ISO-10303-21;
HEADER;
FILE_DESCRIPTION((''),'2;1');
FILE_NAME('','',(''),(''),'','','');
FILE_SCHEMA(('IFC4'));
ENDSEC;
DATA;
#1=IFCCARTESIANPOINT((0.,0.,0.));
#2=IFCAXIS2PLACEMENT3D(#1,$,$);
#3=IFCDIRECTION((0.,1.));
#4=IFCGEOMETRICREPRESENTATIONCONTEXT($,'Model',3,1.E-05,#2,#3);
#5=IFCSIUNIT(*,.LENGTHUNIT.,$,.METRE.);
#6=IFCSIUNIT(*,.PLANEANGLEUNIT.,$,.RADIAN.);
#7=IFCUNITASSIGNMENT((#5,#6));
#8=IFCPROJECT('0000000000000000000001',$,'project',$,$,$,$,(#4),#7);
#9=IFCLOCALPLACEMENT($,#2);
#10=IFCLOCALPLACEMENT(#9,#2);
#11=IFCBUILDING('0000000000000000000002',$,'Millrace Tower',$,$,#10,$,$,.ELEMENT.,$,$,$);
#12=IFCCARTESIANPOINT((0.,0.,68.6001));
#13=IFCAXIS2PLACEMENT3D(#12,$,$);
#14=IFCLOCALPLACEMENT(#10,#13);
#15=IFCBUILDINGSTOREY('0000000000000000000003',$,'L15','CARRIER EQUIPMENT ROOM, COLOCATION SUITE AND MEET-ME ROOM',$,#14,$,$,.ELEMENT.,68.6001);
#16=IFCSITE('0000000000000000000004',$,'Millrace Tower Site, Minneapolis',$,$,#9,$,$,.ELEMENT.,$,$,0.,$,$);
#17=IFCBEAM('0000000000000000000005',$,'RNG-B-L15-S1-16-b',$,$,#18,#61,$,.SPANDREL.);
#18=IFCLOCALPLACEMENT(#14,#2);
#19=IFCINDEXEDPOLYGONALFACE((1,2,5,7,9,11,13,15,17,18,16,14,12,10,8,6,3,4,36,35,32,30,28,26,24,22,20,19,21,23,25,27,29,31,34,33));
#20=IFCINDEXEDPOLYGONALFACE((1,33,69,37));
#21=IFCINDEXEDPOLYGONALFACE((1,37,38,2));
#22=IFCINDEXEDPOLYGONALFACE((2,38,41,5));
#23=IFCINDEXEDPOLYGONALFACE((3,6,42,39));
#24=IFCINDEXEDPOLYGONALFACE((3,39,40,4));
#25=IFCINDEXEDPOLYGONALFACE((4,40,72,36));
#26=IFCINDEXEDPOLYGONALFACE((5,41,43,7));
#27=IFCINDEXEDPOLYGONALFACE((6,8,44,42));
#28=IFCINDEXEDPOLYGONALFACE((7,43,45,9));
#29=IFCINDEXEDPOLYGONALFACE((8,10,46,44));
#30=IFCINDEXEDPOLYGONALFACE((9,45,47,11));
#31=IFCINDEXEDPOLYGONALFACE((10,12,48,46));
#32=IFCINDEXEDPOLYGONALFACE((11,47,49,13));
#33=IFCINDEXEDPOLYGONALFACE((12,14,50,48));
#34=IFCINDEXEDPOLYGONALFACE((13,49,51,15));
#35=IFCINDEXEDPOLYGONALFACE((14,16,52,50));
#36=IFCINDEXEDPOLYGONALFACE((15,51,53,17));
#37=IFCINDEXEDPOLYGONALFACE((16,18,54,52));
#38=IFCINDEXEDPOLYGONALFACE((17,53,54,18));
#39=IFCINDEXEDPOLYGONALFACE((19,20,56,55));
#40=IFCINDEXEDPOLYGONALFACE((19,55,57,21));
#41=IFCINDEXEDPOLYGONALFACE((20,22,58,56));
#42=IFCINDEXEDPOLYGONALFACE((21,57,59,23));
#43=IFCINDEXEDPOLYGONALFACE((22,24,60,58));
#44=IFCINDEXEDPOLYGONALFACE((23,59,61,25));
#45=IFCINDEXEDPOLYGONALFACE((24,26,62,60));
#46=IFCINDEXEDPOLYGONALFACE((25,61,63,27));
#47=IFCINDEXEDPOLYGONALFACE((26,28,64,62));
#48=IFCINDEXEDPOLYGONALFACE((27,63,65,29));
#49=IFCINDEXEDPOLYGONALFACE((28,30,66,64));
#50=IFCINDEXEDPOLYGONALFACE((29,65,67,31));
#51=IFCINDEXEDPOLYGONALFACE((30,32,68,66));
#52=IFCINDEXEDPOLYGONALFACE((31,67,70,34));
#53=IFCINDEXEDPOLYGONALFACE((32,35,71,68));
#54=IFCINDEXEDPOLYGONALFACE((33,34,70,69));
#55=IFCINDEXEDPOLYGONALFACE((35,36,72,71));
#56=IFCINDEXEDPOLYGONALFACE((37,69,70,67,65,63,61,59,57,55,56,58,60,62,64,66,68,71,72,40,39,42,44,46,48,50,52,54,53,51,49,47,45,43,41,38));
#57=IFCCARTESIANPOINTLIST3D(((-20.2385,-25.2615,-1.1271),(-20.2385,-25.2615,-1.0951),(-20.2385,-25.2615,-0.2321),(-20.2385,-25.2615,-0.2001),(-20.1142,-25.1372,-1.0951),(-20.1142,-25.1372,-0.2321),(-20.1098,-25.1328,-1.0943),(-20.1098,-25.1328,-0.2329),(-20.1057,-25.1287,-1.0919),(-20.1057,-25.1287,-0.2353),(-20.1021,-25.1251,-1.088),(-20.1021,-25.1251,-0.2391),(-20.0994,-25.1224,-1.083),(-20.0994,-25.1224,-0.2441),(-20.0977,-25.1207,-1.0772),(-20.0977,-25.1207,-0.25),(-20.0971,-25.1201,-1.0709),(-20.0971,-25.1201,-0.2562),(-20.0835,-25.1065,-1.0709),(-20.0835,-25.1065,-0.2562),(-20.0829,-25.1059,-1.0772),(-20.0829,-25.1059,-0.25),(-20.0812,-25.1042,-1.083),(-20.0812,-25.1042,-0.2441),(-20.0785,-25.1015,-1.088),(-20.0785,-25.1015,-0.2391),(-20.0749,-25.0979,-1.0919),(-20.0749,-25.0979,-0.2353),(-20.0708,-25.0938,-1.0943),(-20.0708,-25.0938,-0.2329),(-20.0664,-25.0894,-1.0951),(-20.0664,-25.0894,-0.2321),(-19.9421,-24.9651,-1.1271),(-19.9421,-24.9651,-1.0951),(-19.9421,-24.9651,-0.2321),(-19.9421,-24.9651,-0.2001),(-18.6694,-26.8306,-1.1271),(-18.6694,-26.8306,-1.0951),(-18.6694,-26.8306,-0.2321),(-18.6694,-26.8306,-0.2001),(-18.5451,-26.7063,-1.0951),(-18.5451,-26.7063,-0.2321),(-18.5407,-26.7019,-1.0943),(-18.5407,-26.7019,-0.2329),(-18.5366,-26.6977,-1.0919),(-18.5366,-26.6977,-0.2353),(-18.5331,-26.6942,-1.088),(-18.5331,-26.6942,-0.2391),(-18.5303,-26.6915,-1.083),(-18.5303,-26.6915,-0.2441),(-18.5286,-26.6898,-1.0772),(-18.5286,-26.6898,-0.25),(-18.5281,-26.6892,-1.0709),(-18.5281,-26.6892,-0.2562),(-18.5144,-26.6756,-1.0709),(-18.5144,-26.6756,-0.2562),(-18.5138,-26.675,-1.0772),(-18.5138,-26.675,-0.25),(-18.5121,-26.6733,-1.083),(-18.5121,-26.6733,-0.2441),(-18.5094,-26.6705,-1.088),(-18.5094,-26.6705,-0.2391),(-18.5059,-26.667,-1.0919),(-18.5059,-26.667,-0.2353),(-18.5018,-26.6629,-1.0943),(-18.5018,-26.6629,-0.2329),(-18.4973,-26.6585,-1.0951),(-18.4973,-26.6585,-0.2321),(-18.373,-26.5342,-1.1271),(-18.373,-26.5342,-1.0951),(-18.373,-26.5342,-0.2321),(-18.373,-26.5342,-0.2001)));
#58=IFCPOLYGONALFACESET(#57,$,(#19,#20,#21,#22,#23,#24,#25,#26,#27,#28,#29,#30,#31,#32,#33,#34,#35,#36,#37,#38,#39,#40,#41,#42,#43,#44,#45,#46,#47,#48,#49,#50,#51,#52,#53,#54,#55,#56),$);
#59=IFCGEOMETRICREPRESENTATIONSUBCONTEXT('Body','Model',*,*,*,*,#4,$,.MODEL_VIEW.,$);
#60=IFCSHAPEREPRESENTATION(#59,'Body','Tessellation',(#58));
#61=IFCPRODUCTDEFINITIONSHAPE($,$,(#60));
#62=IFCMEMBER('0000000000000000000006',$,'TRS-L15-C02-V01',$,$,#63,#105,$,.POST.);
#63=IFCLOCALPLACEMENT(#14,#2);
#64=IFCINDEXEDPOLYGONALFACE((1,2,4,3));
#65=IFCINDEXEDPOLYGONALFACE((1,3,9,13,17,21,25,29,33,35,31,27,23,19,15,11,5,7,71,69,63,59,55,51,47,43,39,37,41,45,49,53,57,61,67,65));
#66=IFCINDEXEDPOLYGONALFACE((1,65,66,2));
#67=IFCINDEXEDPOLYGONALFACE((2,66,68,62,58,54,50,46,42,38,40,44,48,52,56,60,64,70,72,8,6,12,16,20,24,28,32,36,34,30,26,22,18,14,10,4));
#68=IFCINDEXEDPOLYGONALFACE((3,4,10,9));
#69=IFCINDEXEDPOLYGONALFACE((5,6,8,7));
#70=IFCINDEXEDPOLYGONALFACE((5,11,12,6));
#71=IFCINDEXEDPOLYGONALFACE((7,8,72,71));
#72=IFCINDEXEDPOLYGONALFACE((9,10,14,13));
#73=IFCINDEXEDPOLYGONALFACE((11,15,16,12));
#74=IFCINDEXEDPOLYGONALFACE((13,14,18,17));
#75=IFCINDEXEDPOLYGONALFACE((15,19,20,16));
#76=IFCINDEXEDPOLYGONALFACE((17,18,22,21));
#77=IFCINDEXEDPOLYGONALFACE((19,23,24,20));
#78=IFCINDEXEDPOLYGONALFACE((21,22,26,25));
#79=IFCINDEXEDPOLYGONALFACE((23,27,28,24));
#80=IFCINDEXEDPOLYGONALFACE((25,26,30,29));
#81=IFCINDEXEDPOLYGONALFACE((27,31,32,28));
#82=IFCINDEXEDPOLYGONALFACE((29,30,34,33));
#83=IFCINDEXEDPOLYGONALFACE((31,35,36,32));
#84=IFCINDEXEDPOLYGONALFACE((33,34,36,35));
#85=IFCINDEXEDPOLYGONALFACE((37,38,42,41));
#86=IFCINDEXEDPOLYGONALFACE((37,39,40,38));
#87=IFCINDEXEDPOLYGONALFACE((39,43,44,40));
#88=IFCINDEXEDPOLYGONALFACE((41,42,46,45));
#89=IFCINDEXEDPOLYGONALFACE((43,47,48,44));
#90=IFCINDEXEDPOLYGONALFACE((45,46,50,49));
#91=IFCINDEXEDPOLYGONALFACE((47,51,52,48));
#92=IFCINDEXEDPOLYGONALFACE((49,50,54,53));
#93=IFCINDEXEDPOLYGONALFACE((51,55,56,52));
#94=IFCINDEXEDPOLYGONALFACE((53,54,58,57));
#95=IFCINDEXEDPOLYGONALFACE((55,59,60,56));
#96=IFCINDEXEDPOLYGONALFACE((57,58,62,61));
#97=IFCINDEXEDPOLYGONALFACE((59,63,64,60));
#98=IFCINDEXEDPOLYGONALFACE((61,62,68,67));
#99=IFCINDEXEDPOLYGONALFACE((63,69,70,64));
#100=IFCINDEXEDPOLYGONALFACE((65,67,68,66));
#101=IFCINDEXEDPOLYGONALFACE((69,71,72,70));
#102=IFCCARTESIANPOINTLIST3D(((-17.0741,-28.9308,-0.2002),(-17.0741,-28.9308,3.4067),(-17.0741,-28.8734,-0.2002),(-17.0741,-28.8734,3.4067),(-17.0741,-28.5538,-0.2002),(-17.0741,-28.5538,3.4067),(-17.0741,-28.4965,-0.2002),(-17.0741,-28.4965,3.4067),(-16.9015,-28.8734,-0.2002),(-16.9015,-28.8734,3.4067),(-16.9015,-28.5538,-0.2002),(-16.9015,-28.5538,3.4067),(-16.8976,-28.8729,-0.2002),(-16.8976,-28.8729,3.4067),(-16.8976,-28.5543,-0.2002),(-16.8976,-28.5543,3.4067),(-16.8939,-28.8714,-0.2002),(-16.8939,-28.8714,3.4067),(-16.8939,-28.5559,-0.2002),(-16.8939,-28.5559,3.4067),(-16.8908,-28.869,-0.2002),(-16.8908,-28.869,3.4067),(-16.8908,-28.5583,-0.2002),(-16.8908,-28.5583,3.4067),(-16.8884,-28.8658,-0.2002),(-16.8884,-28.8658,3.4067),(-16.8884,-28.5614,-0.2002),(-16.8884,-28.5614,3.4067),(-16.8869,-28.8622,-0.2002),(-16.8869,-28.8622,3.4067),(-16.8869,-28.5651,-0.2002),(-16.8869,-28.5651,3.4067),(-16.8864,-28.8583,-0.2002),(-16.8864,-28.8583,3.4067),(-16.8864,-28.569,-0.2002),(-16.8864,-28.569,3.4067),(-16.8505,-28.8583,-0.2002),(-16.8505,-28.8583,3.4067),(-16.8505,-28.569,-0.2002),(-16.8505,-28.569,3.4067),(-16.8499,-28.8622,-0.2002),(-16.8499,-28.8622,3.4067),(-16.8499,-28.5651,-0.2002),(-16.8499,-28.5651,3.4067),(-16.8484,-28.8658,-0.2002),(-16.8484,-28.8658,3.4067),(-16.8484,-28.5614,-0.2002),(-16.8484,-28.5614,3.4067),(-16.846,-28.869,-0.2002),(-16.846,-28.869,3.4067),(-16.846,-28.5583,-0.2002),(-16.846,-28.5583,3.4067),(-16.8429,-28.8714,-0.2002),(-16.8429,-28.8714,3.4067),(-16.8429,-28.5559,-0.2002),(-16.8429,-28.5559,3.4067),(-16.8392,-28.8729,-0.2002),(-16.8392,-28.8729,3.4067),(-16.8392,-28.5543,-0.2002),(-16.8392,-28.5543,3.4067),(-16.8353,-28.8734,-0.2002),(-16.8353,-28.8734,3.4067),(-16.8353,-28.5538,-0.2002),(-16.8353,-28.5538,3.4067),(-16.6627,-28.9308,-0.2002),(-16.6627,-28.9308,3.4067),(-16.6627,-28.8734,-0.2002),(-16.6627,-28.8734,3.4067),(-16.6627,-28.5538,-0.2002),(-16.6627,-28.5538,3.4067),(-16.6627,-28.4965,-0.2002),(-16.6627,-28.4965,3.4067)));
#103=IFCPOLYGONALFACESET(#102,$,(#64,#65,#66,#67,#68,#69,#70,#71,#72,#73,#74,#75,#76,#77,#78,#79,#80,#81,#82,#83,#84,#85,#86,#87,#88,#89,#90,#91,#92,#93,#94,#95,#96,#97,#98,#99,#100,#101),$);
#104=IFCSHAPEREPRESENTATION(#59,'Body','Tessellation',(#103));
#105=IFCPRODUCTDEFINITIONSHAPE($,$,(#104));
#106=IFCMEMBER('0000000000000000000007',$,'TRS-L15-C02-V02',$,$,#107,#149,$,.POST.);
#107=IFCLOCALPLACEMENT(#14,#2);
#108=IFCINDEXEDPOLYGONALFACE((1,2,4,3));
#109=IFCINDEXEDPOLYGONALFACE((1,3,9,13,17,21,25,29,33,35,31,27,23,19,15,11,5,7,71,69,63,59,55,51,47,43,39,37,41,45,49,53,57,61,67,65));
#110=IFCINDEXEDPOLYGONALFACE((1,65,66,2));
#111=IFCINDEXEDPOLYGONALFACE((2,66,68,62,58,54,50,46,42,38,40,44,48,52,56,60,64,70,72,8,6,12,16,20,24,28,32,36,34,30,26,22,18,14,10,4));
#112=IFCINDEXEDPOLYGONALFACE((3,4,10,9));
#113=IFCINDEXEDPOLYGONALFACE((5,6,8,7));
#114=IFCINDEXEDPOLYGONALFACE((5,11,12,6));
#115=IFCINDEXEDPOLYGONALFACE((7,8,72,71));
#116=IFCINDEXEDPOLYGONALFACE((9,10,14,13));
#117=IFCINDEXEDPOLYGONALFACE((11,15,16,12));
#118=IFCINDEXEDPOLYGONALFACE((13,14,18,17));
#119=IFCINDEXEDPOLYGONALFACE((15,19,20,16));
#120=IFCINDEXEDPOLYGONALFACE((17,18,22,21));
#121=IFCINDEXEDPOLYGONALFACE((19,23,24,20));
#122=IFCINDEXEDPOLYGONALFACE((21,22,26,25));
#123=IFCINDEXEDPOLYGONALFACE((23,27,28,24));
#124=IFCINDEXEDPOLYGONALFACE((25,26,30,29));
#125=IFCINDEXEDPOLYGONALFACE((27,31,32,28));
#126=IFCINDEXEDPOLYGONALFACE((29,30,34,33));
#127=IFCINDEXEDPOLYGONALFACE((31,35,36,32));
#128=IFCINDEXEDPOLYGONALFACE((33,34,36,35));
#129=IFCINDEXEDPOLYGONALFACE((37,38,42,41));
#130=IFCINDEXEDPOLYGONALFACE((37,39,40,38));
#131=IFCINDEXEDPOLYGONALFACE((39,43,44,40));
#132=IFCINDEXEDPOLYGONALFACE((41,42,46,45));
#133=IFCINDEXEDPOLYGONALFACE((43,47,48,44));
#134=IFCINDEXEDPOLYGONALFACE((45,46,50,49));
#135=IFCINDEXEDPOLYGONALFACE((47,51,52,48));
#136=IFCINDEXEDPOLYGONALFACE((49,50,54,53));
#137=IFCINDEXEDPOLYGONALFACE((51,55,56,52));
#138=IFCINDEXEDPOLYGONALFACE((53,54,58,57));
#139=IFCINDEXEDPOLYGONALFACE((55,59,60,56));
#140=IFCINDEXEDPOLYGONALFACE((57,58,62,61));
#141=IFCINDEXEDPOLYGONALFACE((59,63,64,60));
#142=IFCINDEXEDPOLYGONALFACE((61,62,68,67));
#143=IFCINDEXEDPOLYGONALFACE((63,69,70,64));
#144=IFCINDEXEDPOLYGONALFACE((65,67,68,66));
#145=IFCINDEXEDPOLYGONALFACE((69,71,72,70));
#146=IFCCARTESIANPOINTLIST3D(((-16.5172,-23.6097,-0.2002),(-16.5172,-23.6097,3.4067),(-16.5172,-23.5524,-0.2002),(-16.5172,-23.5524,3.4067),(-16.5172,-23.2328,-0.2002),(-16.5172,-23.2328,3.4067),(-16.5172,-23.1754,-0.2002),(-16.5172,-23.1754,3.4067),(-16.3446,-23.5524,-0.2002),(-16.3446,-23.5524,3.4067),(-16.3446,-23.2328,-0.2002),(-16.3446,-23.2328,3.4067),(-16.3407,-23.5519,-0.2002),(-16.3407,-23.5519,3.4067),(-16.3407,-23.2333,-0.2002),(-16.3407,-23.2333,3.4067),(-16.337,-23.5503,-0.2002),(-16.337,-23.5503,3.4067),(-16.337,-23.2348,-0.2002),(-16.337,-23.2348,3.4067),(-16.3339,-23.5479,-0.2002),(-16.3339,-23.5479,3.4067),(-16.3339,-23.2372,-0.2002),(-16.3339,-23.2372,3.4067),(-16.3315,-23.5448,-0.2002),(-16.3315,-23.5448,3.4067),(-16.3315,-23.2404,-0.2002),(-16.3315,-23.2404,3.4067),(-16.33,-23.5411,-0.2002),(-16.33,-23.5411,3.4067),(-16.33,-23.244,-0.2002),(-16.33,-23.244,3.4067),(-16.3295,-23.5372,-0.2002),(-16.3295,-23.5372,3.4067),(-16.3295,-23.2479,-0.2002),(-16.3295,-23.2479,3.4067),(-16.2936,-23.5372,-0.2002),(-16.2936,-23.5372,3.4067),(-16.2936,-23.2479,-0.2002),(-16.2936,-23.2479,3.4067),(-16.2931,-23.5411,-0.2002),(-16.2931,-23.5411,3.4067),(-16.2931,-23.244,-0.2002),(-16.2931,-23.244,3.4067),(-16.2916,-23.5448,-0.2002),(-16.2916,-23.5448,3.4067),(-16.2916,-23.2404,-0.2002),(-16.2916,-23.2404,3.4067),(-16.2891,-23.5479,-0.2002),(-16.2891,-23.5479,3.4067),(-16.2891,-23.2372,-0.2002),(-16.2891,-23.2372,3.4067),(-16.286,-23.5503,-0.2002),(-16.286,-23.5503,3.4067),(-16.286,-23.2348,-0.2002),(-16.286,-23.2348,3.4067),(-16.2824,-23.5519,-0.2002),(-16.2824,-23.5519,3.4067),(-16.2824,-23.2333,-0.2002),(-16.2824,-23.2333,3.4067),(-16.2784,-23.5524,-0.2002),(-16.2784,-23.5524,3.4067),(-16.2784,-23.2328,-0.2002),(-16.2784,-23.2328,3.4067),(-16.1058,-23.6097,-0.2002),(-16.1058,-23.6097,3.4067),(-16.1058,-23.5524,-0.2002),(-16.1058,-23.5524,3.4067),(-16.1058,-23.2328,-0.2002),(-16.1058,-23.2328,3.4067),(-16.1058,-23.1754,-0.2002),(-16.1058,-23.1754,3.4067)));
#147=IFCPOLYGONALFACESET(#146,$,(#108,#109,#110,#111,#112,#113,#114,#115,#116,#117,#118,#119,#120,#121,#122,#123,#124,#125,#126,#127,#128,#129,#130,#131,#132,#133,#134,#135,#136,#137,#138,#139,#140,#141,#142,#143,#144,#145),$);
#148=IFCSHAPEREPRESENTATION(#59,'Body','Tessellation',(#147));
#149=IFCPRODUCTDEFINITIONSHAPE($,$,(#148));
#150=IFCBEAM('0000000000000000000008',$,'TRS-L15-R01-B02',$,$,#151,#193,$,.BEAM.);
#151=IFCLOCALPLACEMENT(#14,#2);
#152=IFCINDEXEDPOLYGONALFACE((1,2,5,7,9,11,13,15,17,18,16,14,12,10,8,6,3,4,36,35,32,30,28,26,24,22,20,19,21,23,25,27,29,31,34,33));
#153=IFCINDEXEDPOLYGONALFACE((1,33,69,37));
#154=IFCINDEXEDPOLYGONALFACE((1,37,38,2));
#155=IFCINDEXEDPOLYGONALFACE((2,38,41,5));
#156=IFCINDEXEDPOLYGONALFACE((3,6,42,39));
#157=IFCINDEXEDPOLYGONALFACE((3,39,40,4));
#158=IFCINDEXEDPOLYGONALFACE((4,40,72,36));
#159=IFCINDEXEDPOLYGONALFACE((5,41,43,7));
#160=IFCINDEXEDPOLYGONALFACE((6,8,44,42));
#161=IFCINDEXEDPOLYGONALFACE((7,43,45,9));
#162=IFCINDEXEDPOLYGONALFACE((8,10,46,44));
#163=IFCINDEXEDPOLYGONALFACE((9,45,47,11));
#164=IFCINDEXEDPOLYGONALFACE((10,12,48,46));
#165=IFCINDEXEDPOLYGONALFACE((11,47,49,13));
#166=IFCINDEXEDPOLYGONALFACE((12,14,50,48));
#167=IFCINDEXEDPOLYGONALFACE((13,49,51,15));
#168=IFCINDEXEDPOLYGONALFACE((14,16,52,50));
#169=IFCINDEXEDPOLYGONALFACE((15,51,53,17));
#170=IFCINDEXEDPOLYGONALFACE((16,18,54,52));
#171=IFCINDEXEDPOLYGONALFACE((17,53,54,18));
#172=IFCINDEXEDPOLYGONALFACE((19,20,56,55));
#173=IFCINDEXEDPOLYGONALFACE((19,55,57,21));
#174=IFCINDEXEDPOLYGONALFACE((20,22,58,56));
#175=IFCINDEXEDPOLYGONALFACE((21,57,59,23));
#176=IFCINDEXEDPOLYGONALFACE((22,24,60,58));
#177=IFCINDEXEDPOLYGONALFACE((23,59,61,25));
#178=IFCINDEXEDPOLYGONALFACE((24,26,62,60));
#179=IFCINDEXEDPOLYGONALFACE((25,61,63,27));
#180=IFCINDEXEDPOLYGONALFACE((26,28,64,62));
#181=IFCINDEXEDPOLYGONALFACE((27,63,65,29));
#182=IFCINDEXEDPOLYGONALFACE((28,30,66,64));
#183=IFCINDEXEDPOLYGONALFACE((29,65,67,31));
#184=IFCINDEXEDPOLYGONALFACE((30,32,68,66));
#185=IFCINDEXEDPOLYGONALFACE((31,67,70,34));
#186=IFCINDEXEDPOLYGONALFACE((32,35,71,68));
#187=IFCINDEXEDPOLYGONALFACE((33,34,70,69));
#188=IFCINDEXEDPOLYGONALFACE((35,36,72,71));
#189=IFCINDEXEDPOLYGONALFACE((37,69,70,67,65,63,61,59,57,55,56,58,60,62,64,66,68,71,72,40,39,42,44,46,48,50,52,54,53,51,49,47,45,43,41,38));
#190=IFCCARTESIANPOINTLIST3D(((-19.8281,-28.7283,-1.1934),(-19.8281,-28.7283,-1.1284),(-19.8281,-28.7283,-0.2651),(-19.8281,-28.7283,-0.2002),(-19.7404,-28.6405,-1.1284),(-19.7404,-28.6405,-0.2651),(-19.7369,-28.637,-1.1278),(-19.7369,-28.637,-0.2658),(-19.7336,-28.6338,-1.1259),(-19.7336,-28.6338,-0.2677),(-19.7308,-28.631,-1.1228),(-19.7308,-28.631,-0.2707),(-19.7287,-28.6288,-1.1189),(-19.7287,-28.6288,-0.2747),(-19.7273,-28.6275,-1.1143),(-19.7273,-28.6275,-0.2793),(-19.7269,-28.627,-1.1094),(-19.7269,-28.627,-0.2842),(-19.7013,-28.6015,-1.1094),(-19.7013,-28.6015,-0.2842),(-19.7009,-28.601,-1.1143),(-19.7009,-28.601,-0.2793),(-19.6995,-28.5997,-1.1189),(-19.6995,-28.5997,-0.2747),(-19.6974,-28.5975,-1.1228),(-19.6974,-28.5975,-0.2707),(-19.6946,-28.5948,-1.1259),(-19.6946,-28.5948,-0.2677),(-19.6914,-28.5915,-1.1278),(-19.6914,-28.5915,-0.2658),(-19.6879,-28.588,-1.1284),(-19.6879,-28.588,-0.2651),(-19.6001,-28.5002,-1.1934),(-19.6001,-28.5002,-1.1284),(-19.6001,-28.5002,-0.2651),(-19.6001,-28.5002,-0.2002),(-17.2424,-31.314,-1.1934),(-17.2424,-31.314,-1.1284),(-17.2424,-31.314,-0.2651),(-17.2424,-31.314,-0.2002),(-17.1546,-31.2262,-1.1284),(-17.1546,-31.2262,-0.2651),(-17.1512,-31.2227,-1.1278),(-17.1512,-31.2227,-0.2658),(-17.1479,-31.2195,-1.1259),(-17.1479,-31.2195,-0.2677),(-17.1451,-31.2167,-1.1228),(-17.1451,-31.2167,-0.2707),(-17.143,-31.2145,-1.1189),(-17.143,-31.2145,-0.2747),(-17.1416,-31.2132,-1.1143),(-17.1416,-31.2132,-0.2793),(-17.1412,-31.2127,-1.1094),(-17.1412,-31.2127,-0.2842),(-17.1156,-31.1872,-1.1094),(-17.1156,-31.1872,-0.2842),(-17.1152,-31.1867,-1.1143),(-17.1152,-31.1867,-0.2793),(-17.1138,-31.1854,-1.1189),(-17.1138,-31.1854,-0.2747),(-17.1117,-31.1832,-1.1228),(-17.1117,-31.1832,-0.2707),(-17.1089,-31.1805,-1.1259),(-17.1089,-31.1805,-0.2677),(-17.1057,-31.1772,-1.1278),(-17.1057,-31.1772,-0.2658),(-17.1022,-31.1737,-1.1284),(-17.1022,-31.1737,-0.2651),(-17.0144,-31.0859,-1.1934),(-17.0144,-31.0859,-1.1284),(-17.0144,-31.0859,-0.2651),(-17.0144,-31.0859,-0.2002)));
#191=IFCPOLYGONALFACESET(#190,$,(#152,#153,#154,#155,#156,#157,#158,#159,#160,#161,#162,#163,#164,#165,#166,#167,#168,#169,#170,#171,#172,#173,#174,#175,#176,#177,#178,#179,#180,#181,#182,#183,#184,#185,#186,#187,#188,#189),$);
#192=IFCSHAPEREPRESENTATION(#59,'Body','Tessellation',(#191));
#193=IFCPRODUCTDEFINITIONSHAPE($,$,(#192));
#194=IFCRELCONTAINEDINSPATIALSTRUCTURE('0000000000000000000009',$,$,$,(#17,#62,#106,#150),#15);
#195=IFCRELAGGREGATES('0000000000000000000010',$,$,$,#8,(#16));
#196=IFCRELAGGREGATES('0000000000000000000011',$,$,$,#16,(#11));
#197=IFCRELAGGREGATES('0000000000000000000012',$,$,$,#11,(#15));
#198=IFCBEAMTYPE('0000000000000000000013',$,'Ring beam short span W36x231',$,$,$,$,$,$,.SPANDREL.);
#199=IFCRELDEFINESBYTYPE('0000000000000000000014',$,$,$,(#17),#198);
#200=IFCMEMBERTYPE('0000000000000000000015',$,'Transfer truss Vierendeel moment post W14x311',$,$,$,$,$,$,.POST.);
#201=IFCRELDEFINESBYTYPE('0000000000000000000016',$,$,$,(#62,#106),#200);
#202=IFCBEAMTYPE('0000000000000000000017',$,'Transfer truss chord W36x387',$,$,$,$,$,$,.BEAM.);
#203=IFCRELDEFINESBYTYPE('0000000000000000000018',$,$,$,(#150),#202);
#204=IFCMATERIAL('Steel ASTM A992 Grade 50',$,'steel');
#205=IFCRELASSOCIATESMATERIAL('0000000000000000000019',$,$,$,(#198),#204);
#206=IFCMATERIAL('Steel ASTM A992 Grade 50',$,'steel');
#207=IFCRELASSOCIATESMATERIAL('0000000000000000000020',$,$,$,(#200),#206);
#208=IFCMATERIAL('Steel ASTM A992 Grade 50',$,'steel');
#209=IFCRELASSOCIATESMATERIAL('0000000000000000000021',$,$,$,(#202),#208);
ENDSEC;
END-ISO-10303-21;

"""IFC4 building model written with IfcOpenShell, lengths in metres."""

from ifc_helpers import new_model, si_unit, direction, frame, origin, origin_2d, place, context, subcontext, project, spatial, i_section, extrude, material, material_profile, profile_set, type_object, element, save


model = new_model("IFC4")

# Units and contexts
model_context = context("Model", 3, precision=1e-05, world=origin(), true_north=direction((0.0, 1.0)))
body_context = subcontext(model_context, "Body", "Model", "MODEL_VIEW")
ifc_project = project(units=[si_unit("LENGTHUNIT", "METRE"), si_unit("PLANEANGLEUNIT", "RADIAN")], contexts=[model_context])

# Site, building, storey
site_placement = place(None, origin())
site = spatial("IfcSite", under=ifc_project, at=site_placement, Name="Millrace Tower Site, Minneapolis", CompositionType="ELEMENT", RefElevation=0.0)
building_placement = place(site_placement, origin())
building = spatial("IfcBuilding", under=site, at=building_placement, Name="Millrace Tower", CompositionType="ELEMENT")
storey_placement = place(building_placement, frame((0.0, 0.0, 68.6001)))
storey = spatial("IfcBuildingStorey", under=building, at=storey_placement, Name="L15", Description="CARRIER EQUIPMENT ROOM, COLOCATION SUITE AND MEET-ME ROOM", CompositionType="ELEMENT", Elevation=68.6001)

# Beam
ifc_material_1 = material(Name="Steel ASTM A992 Grade 50", Category="steel")
ifc_material_profile_1 = material_profile(ifc_material_1, i_section(OverallWidth=0.4192, OverallDepth=0.927, WebThickness=0.0193, FlangeThickness=0.032, FilletRadius=0.0242, at=origin_2d()))
ifc_profile_set_1 = profile_set([ifc_material_profile_1], Name="Steel ASTM A992 Grade 50")
beam_type_1 = type_object("IfcBeamType", Name="Ring beam short span W36x231", PredefinedType="SPANDREL", material=ifc_profile_set_1)
beam_1_placement = place(storey_placement, frame((-18.5212, -26.6824, -0.6636), z_axis=(-0.707107, 0.707107, 0.0), x_axis=(-0.707107, -0.707107, 0.0)))
element("IfcBeam", 1, at=beam_1_placement, inside=storey, type_object=beam_type_1, Name="RNG-B-L15-S1-16-b", PredefinedType="SPANDREL", context=body_context, shape_type="SweptSolid", body=[
    extrude(i_section(OverallWidth=0.4192, OverallDepth=0.927, WebThickness=0.0193, FlangeThickness=0.032, FilletRadius=0.0242, at=origin_2d()), origin(), (0.0, 0.0, 1.0), 2.219),
])

# Members
ifc_material_2 = material(Name="Steel ASTM A992 Grade 50", Category="steel")
ifc_material_profile_2 = material_profile(ifc_material_2, i_section(OverallWidth=0.4114, OverallDepth=0.4343, WebThickness=0.0359, FlangeThickness=0.0574, FilletRadius=0.0151, at=origin_2d()))
ifc_profile_set_2 = profile_set([ifc_material_profile_2], Name="Steel ASTM A992 Grade 50")
member_type_1 = type_object("IfcMemberType", Name="Transfer truss Vierendeel moment post W14x311", PredefinedType="POST", material=ifc_profile_set_2)
for number, where, z_axis, x_axis, name in (
    (2, (-16.8684, -28.7136, -0.2002), (0.0, 0.0, 1.0), (1.0, 0.0, 0.0), "TRS-L15-C02-V01"),
    (3, (-16.3115, -23.3926, -0.2002), (0.0, 0.0, 1.0), (1.0, 0.0, 0.0), "TRS-L15-C02-V02"),
):
    element("IfcMember", number, at=place(storey_placement, frame(where, z_axis=z_axis, x_axis=x_axis)), inside=storey, type_object=member_type_1, Name=name, PredefinedType="POST", context=body_context, shape_type="SweptSolid", body=[
        extrude(i_section(OverallWidth=0.4114, OverallDepth=0.4343, WebThickness=0.0359, FlangeThickness=0.0574, FilletRadius=0.0151, at=origin_2d()), origin(), (0.0, 0.0, 1.0), 3.6069),
    ])

# Beam
ifc_material_3 = material(Name="Steel ASTM A992 Grade 50", Category="steel")
ifc_material_profile_3 = material_profile(ifc_material_3, i_section(OverallWidth=0.3225, OverallDepth=0.9932, WebThickness=0.0361, FlangeThickness=0.0649, FilletRadius=0.019, at=origin_2d()))
ifc_profile_set_3 = profile_set([ifc_material_profile_3], Name="Steel ASTM A992 Grade 50")
beam_type_2 = type_object("IfcBeamType", Name="Transfer truss chord W36x387", PredefinedType="BEAM", material=ifc_profile_set_3)
for number, where, z_axis, x_axis, name in (
    (4, (-19.7141, -28.6143, -0.6968), (0.707107, -0.707107, 0.0), (0.707107, 0.707107, 0.0), "TRS-L15-R01-B02"),
):
    element("IfcBeam", number, at=place(storey_placement, frame(where, z_axis=z_axis, x_axis=x_axis)), inside=storey, type_object=beam_type_2, Name=name, PredefinedType="BEAM", context=body_context, shape_type="SweptSolid", body=[
        extrude(i_section(OverallWidth=0.3225, OverallDepth=0.9932, WebThickness=0.0361, FlangeThickness=0.0649, FilletRadius=0.019, at=origin_2d()), origin(), (0.0, 0.0, 1.0), 3.6567),
    ])

save(model, "model.ifc")
